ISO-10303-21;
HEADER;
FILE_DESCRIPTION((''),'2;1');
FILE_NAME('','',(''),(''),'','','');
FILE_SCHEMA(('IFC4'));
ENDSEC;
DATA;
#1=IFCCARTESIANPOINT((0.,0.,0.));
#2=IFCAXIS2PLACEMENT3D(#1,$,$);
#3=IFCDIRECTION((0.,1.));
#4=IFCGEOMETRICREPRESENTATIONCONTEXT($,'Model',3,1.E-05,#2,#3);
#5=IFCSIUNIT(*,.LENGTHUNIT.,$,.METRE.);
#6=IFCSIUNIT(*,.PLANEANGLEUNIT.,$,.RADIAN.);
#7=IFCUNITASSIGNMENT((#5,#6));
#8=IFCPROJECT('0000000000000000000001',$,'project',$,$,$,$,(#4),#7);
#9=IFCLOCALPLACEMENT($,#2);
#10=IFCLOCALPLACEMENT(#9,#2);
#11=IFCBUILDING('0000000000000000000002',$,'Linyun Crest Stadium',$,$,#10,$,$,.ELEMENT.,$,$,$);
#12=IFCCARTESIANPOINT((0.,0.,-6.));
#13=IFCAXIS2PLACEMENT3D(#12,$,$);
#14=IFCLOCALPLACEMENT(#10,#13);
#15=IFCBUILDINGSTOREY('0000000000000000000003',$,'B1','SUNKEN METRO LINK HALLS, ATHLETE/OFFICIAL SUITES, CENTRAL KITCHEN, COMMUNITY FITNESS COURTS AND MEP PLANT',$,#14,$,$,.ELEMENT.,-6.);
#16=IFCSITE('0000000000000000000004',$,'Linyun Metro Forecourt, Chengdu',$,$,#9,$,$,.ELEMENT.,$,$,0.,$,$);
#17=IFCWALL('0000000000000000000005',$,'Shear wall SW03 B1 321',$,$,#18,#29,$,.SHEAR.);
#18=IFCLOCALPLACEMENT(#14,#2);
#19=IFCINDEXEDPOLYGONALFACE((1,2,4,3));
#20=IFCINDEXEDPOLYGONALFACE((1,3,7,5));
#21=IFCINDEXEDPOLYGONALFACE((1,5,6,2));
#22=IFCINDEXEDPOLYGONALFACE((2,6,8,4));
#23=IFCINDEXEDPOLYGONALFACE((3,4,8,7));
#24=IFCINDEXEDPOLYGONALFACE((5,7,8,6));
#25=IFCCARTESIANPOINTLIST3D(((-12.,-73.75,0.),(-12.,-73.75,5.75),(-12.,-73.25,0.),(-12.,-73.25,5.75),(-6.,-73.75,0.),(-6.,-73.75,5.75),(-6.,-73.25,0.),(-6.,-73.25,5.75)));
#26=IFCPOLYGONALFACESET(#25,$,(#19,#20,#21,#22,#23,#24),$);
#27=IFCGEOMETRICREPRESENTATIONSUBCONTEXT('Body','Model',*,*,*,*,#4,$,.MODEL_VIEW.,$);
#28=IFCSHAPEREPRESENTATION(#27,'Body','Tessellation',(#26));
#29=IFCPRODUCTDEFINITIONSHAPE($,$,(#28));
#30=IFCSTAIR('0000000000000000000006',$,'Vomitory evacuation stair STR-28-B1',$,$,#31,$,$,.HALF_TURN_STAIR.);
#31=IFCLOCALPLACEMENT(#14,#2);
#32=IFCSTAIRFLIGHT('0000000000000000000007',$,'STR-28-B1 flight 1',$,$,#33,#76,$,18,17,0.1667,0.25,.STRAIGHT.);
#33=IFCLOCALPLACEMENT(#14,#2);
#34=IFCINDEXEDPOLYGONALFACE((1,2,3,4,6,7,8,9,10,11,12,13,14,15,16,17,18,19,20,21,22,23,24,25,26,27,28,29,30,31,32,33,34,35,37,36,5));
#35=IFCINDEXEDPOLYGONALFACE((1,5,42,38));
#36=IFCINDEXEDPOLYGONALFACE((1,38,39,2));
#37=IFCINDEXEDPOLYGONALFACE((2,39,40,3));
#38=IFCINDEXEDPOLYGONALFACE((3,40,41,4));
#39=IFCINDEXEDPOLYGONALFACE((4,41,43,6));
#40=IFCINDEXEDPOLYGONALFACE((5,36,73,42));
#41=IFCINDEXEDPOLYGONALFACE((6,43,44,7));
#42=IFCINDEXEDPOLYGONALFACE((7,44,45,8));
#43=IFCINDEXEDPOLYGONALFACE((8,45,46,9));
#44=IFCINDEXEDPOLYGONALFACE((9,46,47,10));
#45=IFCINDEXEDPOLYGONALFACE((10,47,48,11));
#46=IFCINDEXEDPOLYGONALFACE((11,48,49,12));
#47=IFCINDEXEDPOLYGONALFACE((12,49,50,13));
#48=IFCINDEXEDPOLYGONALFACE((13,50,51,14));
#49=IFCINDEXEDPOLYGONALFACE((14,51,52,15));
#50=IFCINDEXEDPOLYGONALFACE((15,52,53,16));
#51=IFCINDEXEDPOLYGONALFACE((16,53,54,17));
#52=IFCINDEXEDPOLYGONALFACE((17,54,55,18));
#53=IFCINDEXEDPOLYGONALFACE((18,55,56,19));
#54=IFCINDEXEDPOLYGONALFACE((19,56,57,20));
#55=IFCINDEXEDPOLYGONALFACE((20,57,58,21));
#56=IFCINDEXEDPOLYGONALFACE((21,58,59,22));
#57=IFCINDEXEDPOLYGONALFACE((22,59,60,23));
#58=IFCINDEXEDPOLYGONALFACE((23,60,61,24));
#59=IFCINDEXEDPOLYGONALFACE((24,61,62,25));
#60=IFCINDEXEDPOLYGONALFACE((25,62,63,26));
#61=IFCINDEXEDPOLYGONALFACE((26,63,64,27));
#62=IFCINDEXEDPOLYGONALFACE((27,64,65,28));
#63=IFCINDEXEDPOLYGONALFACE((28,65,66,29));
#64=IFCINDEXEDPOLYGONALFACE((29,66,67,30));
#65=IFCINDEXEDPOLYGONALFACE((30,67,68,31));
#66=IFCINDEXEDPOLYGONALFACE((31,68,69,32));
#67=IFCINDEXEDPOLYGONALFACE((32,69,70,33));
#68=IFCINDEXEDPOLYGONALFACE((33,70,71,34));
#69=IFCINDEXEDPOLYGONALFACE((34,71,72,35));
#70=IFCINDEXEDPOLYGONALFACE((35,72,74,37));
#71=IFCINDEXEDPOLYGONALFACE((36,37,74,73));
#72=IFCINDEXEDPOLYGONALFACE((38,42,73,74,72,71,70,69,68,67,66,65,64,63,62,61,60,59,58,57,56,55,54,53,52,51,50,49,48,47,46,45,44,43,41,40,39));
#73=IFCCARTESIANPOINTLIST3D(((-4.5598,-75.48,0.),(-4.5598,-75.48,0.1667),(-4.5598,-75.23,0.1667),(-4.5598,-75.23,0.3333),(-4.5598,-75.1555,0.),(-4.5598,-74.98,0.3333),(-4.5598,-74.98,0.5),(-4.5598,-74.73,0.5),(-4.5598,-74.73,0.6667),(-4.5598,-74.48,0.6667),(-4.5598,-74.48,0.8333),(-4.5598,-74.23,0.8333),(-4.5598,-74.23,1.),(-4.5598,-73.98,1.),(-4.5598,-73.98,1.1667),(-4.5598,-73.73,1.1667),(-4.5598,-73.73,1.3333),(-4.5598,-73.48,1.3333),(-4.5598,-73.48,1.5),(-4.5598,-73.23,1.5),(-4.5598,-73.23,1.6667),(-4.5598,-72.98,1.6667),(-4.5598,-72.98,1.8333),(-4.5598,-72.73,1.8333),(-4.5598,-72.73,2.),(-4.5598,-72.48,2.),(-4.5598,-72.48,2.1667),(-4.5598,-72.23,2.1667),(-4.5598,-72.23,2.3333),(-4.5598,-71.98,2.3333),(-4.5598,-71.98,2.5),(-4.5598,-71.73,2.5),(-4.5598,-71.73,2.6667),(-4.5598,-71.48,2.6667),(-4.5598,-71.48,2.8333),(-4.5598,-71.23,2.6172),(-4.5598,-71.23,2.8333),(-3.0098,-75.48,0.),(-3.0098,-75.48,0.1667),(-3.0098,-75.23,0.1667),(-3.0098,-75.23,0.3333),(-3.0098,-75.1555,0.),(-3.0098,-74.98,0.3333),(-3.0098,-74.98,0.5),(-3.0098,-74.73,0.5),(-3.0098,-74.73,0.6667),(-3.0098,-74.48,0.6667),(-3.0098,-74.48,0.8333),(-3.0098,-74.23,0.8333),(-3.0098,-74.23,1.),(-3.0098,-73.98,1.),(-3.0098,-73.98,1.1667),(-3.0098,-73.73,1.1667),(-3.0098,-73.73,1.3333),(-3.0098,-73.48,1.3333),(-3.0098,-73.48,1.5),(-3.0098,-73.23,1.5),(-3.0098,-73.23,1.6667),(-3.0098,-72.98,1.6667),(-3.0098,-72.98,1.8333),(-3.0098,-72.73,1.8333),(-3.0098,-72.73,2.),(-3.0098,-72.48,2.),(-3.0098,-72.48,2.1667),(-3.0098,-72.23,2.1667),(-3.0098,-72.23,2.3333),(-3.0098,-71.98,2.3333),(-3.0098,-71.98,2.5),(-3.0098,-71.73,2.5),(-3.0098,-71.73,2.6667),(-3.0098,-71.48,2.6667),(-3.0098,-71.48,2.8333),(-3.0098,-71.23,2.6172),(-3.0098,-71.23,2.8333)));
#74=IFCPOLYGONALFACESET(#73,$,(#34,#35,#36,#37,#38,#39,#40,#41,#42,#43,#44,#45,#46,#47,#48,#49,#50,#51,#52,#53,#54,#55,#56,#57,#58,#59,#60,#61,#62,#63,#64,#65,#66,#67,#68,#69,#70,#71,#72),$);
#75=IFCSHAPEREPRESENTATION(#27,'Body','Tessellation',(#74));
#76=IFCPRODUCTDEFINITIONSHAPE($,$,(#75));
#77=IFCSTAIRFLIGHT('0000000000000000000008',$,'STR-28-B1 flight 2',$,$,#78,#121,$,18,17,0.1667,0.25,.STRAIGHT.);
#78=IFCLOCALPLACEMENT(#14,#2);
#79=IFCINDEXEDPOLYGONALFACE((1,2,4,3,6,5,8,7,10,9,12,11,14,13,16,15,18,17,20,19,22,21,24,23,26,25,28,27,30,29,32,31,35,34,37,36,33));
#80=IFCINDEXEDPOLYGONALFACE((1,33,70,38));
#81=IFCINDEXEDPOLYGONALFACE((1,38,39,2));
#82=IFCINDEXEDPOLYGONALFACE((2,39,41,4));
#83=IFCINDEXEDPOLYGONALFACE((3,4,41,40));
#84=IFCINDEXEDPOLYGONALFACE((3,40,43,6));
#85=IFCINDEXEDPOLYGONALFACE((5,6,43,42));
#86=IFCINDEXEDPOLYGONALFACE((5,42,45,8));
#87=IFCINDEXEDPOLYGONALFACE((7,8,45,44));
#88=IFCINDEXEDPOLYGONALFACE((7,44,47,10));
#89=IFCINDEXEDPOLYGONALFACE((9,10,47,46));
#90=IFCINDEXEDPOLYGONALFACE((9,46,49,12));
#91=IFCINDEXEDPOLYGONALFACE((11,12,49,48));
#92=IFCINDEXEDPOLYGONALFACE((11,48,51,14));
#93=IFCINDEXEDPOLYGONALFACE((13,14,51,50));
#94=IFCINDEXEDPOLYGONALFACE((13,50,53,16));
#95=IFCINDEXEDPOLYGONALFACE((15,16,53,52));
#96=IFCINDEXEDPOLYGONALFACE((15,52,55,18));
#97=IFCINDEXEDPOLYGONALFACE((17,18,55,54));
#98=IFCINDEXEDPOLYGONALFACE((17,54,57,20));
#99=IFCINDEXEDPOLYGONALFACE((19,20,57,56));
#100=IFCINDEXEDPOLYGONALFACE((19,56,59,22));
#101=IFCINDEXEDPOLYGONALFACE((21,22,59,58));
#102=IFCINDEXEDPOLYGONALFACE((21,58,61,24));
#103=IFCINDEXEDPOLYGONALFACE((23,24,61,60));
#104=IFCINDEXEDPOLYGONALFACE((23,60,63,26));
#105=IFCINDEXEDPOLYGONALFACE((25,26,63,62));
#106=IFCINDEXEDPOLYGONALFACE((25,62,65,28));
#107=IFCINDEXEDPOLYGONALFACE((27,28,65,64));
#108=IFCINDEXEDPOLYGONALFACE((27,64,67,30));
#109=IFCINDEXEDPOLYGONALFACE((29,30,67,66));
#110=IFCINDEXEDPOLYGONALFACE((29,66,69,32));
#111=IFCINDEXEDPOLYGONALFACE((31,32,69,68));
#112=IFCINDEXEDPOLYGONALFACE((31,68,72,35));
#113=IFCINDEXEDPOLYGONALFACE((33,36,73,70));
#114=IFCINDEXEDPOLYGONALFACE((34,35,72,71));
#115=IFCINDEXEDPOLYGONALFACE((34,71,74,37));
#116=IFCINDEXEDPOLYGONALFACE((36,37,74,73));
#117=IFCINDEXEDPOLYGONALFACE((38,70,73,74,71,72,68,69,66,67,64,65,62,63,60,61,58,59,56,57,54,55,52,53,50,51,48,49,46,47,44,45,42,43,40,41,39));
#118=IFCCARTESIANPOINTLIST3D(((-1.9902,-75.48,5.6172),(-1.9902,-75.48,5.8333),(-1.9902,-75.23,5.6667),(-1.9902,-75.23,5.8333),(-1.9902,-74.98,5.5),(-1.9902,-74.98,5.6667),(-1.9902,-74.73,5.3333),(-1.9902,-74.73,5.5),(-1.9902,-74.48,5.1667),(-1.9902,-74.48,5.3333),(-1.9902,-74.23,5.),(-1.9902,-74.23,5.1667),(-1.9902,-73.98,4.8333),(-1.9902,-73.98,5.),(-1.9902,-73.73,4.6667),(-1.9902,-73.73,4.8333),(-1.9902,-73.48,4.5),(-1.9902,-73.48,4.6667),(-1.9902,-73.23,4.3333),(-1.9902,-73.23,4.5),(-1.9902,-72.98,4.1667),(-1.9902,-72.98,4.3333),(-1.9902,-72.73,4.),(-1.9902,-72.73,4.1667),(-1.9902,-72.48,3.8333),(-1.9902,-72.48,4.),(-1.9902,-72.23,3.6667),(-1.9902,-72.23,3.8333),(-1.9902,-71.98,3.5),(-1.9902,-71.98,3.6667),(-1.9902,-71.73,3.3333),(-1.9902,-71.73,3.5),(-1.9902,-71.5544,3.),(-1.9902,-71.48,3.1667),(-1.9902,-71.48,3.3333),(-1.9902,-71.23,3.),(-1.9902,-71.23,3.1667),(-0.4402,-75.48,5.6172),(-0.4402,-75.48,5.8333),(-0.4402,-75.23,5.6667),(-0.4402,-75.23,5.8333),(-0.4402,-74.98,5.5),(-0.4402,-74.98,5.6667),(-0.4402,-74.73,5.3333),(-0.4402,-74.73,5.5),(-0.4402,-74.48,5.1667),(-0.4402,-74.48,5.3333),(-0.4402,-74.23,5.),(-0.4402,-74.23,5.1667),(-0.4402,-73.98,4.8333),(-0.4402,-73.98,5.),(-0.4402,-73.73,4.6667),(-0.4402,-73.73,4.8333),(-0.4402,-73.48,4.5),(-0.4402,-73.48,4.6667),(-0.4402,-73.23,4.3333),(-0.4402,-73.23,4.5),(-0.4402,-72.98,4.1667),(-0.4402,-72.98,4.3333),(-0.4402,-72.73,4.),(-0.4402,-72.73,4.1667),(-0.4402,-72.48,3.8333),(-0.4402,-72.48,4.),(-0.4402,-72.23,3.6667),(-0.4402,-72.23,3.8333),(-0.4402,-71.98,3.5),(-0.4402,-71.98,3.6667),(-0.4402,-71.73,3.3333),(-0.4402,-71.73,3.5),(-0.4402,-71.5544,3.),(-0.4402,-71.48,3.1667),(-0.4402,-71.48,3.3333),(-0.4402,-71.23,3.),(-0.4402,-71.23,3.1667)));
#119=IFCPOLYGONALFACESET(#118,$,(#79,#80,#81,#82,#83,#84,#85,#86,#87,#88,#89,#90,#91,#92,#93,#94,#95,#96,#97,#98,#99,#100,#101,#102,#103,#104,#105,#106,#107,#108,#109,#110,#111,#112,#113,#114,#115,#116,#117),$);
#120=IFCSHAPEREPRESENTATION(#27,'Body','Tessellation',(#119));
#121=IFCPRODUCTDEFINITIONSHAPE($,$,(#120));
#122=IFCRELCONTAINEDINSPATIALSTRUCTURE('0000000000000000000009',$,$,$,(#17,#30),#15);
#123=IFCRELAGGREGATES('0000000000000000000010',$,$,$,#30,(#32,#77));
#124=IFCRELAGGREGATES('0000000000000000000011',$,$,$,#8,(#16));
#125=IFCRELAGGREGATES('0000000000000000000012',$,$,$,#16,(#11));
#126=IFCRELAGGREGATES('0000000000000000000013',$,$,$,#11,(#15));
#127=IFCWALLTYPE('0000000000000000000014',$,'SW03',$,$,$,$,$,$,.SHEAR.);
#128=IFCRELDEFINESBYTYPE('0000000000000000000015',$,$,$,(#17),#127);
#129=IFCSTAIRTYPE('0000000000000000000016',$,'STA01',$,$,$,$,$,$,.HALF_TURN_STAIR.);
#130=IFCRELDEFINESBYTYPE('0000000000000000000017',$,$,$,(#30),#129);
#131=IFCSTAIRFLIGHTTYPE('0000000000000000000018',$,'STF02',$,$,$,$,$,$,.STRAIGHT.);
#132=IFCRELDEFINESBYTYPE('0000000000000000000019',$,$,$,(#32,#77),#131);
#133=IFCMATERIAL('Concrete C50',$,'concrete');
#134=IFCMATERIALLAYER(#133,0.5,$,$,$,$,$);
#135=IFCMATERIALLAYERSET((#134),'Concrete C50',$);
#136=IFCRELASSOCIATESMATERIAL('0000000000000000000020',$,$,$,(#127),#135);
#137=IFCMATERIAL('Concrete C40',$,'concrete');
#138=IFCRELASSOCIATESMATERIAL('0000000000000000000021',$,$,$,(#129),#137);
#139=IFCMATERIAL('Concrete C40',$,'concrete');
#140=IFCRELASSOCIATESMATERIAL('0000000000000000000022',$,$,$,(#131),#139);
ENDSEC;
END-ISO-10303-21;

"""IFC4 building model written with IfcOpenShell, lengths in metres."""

from ifc_helpers import new_model, si_unit, direction, frame, frame_2d, origin, place, context, subcontext, project, spatial, polyline, rectangle, outline, extrude, material, layer, layer_set, type_object, element, aggregate, save


model = new_model("IFC4")

# Units and contexts
model_context = context("Model", 3, precision=1e-05, world=origin(), true_north=direction((0.0, 1.0)))
body_context = subcontext(model_context, "Body", "Model", "MODEL_VIEW")
ifc_project = project(units=[si_unit("LENGTHUNIT", "METRE"), si_unit("PLANEANGLEUNIT", "RADIAN")], contexts=[model_context])

# Site, building, storey
site_placement = place(None, origin())
site = spatial("IfcSite", under=ifc_project, at=site_placement, Name="Linyun Metro Forecourt, Chengdu", CompositionType="ELEMENT", RefElevation=0.0)
building_placement = place(site_placement, origin())
building = spatial("IfcBuilding", under=site, at=building_placement, Name="Linyun Crest Stadium", CompositionType="ELEMENT")
storey_placement = place(building_placement, frame((0.0, 0.0, -6.0)))
storey = spatial("IfcBuildingStorey", under=building, at=storey_placement, Name="B1", Description="SUNKEN METRO LINK HALLS, ATHLETE/OFFICIAL SUITES, CENTRAL KITCHEN, COMMUNITY FITNESS COURTS AND MEP PLANT", CompositionType="ELEMENT", Elevation=-6.0)

# Wall
ifc_material_1 = material(Name="Concrete C50", Category="concrete")
ifc_layer_1 = layer(ifc_material_1, 0.5)
ifc_layer_set_1 = layer_set([ifc_layer_1], Name="Concrete C50")
wall_type_1 = type_object("IfcWallType", Name="SW03", PredefinedType="SHEAR", material=ifc_layer_set_1)
wall_1_placement = place(storey_placement, frame((-12.0, -73.5, 0.0), z_axis=(0.0, 0.0, 1.0), x_axis=(1.0, 0.0, 0.0)))
element("IfcWall", 1, at=wall_1_placement, inside=storey, type_object=wall_type_1, Name="Shear wall SW03 B1 321", PredefinedType="SHEAR", context=body_context, shape_type="SweptSolid", body=[
    extrude(rectangle(XDim=6.0, YDim=0.5, at=frame_2d((3.0, 0.0))), origin(), (0.0, 0.0, 1.0), 5.75),
])

# Stair, stair flights
ifc_material_2 = material(Name="Concrete C40", Category="concrete")
stair_type = type_object("IfcStairType", Name="STA01", PredefinedType="HALF_TURN_STAIR", material=ifc_material_2)
stair_placement = place(storey_placement, origin())
stair = element("IfcStair", 2, at=stair_placement, inside=storey, type_object=stair_type, Name="Vomitory evacuation stair STR-28-B1", PredefinedType="HALF_TURN_STAIR")
ifc_material_3 = material(Name="Concrete C40", Category="concrete")
stair_flight_type = type_object("IfcStairFlightType", Name="STF02", PredefinedType="STRAIGHT", material=ifc_material_3)
stair_flight_1_placement = place(storey_placement, frame((-3.7849, -75.48, 0.0), z_axis=(0.0, 0.0, 1.0), x_axis=(0.0, 1.0, 0.0)))
stair_flight_1 = element("IfcStairFlight", 3, at=stair_flight_1_placement, type_object=stair_flight_type, Name="STR-28-B1 flight 1", NumberOfRisers=18, NumberOfTreads=17, PredefinedType="STRAIGHT", RiserHeight=0.1667, TreadLength=0.25, context=body_context, shape_type="SweptSolid", body=[
    extrude(outline(polyline([(0.0, 0.0), (0.0, 0.1667), (0.25, 0.1667), (0.25, 0.3333), (0.5, 0.3333), (0.5, 0.5), (0.75, 0.5), (0.75, 0.6667), (1.0, 0.6667), (1.0, 0.8333), (1.25, 0.8333), (1.25, 1.0), (1.5, 1.0), (1.5, 1.1667), (1.75, 1.1667), (1.75, 1.3333), (2.0, 1.3333), (2.0, 1.5), (2.25, 1.5), (2.25, 1.6667), (2.5, 1.6667), (2.5, 1.8333), (2.75, 1.8333), (2.75, 2.0), (3.0, 2.0), (3.0, 2.1667), (3.25, 2.1667), (3.25, 2.3333), (3.5, 2.3333), (3.5, 2.5), (3.75, 2.5), (3.75, 2.6667), (4.0, 2.6667), (4.0, 2.8333), (4.25, 2.8333), (4.25, 3.0), (4.25, 2.6172), (0.3245, 0.0), (0.0, 0.0)])), frame((0.0, 0.7749, 0.0), z_axis=(0.0, -1.0, 0.0), x_axis=(1.0, 0.0, 0.0)), (0.0, 0.0, 1.0), 1.55),
])
stair_flight_2_placement = place(storey_placement, frame((-1.2151, -71.23, 3.0), z_axis=(0.0, 0.0, 1.0), x_axis=(0.0, -1.0, 0.0)))
stair_flight_2 = element("IfcStairFlight", 4, at=stair_flight_2_placement, type_object=stair_flight_type, Name="STR-28-B1 flight 2", NumberOfRisers=18, NumberOfTreads=17, PredefinedType="STRAIGHT", RiserHeight=0.1667, TreadLength=0.25, context=body_context, shape_type="SweptSolid", body=[
    extrude(outline(polyline([(0.0, 0.0), (0.0, 0.1667), (0.25, 0.1667), (0.25, 0.3333), (0.5, 0.3333), (0.5, 0.5), (0.75, 0.5), (0.75, 0.6667), (1.0, 0.6667), (1.0, 0.8333), (1.25, 0.8333), (1.25, 1.0), (1.5, 1.0), (1.5, 1.1667), (1.75, 1.1667), (1.75, 1.3333), (2.0, 1.3333), (2.0, 1.5), (2.25, 1.5), (2.25, 1.6667), (2.5, 1.6667), (2.5, 1.8333), (2.75, 1.8333), (2.75, 2.0), (3.0, 2.0), (3.0, 2.1667), (3.25, 2.1667), (3.25, 2.3333), (3.5, 2.3333), (3.5, 2.5), (3.75, 2.5), (3.75, 2.6667), (4.0, 2.6667), (4.0, 2.8333), (4.25, 2.8333), (4.25, 3.0), (4.25, 2.6172), (0.3245, 0.0), (0.0, 0.0)])), frame((0.0, 0.7749, 0.0), z_axis=(0.0, -1.0, 0.0), x_axis=(1.0, 0.0, 0.0)), (0.0, 0.0, 1.0), 1.55),
])
aggregate(stair, [stair_flight_1, stair_flight_2])

save(model, "model.ifc")
